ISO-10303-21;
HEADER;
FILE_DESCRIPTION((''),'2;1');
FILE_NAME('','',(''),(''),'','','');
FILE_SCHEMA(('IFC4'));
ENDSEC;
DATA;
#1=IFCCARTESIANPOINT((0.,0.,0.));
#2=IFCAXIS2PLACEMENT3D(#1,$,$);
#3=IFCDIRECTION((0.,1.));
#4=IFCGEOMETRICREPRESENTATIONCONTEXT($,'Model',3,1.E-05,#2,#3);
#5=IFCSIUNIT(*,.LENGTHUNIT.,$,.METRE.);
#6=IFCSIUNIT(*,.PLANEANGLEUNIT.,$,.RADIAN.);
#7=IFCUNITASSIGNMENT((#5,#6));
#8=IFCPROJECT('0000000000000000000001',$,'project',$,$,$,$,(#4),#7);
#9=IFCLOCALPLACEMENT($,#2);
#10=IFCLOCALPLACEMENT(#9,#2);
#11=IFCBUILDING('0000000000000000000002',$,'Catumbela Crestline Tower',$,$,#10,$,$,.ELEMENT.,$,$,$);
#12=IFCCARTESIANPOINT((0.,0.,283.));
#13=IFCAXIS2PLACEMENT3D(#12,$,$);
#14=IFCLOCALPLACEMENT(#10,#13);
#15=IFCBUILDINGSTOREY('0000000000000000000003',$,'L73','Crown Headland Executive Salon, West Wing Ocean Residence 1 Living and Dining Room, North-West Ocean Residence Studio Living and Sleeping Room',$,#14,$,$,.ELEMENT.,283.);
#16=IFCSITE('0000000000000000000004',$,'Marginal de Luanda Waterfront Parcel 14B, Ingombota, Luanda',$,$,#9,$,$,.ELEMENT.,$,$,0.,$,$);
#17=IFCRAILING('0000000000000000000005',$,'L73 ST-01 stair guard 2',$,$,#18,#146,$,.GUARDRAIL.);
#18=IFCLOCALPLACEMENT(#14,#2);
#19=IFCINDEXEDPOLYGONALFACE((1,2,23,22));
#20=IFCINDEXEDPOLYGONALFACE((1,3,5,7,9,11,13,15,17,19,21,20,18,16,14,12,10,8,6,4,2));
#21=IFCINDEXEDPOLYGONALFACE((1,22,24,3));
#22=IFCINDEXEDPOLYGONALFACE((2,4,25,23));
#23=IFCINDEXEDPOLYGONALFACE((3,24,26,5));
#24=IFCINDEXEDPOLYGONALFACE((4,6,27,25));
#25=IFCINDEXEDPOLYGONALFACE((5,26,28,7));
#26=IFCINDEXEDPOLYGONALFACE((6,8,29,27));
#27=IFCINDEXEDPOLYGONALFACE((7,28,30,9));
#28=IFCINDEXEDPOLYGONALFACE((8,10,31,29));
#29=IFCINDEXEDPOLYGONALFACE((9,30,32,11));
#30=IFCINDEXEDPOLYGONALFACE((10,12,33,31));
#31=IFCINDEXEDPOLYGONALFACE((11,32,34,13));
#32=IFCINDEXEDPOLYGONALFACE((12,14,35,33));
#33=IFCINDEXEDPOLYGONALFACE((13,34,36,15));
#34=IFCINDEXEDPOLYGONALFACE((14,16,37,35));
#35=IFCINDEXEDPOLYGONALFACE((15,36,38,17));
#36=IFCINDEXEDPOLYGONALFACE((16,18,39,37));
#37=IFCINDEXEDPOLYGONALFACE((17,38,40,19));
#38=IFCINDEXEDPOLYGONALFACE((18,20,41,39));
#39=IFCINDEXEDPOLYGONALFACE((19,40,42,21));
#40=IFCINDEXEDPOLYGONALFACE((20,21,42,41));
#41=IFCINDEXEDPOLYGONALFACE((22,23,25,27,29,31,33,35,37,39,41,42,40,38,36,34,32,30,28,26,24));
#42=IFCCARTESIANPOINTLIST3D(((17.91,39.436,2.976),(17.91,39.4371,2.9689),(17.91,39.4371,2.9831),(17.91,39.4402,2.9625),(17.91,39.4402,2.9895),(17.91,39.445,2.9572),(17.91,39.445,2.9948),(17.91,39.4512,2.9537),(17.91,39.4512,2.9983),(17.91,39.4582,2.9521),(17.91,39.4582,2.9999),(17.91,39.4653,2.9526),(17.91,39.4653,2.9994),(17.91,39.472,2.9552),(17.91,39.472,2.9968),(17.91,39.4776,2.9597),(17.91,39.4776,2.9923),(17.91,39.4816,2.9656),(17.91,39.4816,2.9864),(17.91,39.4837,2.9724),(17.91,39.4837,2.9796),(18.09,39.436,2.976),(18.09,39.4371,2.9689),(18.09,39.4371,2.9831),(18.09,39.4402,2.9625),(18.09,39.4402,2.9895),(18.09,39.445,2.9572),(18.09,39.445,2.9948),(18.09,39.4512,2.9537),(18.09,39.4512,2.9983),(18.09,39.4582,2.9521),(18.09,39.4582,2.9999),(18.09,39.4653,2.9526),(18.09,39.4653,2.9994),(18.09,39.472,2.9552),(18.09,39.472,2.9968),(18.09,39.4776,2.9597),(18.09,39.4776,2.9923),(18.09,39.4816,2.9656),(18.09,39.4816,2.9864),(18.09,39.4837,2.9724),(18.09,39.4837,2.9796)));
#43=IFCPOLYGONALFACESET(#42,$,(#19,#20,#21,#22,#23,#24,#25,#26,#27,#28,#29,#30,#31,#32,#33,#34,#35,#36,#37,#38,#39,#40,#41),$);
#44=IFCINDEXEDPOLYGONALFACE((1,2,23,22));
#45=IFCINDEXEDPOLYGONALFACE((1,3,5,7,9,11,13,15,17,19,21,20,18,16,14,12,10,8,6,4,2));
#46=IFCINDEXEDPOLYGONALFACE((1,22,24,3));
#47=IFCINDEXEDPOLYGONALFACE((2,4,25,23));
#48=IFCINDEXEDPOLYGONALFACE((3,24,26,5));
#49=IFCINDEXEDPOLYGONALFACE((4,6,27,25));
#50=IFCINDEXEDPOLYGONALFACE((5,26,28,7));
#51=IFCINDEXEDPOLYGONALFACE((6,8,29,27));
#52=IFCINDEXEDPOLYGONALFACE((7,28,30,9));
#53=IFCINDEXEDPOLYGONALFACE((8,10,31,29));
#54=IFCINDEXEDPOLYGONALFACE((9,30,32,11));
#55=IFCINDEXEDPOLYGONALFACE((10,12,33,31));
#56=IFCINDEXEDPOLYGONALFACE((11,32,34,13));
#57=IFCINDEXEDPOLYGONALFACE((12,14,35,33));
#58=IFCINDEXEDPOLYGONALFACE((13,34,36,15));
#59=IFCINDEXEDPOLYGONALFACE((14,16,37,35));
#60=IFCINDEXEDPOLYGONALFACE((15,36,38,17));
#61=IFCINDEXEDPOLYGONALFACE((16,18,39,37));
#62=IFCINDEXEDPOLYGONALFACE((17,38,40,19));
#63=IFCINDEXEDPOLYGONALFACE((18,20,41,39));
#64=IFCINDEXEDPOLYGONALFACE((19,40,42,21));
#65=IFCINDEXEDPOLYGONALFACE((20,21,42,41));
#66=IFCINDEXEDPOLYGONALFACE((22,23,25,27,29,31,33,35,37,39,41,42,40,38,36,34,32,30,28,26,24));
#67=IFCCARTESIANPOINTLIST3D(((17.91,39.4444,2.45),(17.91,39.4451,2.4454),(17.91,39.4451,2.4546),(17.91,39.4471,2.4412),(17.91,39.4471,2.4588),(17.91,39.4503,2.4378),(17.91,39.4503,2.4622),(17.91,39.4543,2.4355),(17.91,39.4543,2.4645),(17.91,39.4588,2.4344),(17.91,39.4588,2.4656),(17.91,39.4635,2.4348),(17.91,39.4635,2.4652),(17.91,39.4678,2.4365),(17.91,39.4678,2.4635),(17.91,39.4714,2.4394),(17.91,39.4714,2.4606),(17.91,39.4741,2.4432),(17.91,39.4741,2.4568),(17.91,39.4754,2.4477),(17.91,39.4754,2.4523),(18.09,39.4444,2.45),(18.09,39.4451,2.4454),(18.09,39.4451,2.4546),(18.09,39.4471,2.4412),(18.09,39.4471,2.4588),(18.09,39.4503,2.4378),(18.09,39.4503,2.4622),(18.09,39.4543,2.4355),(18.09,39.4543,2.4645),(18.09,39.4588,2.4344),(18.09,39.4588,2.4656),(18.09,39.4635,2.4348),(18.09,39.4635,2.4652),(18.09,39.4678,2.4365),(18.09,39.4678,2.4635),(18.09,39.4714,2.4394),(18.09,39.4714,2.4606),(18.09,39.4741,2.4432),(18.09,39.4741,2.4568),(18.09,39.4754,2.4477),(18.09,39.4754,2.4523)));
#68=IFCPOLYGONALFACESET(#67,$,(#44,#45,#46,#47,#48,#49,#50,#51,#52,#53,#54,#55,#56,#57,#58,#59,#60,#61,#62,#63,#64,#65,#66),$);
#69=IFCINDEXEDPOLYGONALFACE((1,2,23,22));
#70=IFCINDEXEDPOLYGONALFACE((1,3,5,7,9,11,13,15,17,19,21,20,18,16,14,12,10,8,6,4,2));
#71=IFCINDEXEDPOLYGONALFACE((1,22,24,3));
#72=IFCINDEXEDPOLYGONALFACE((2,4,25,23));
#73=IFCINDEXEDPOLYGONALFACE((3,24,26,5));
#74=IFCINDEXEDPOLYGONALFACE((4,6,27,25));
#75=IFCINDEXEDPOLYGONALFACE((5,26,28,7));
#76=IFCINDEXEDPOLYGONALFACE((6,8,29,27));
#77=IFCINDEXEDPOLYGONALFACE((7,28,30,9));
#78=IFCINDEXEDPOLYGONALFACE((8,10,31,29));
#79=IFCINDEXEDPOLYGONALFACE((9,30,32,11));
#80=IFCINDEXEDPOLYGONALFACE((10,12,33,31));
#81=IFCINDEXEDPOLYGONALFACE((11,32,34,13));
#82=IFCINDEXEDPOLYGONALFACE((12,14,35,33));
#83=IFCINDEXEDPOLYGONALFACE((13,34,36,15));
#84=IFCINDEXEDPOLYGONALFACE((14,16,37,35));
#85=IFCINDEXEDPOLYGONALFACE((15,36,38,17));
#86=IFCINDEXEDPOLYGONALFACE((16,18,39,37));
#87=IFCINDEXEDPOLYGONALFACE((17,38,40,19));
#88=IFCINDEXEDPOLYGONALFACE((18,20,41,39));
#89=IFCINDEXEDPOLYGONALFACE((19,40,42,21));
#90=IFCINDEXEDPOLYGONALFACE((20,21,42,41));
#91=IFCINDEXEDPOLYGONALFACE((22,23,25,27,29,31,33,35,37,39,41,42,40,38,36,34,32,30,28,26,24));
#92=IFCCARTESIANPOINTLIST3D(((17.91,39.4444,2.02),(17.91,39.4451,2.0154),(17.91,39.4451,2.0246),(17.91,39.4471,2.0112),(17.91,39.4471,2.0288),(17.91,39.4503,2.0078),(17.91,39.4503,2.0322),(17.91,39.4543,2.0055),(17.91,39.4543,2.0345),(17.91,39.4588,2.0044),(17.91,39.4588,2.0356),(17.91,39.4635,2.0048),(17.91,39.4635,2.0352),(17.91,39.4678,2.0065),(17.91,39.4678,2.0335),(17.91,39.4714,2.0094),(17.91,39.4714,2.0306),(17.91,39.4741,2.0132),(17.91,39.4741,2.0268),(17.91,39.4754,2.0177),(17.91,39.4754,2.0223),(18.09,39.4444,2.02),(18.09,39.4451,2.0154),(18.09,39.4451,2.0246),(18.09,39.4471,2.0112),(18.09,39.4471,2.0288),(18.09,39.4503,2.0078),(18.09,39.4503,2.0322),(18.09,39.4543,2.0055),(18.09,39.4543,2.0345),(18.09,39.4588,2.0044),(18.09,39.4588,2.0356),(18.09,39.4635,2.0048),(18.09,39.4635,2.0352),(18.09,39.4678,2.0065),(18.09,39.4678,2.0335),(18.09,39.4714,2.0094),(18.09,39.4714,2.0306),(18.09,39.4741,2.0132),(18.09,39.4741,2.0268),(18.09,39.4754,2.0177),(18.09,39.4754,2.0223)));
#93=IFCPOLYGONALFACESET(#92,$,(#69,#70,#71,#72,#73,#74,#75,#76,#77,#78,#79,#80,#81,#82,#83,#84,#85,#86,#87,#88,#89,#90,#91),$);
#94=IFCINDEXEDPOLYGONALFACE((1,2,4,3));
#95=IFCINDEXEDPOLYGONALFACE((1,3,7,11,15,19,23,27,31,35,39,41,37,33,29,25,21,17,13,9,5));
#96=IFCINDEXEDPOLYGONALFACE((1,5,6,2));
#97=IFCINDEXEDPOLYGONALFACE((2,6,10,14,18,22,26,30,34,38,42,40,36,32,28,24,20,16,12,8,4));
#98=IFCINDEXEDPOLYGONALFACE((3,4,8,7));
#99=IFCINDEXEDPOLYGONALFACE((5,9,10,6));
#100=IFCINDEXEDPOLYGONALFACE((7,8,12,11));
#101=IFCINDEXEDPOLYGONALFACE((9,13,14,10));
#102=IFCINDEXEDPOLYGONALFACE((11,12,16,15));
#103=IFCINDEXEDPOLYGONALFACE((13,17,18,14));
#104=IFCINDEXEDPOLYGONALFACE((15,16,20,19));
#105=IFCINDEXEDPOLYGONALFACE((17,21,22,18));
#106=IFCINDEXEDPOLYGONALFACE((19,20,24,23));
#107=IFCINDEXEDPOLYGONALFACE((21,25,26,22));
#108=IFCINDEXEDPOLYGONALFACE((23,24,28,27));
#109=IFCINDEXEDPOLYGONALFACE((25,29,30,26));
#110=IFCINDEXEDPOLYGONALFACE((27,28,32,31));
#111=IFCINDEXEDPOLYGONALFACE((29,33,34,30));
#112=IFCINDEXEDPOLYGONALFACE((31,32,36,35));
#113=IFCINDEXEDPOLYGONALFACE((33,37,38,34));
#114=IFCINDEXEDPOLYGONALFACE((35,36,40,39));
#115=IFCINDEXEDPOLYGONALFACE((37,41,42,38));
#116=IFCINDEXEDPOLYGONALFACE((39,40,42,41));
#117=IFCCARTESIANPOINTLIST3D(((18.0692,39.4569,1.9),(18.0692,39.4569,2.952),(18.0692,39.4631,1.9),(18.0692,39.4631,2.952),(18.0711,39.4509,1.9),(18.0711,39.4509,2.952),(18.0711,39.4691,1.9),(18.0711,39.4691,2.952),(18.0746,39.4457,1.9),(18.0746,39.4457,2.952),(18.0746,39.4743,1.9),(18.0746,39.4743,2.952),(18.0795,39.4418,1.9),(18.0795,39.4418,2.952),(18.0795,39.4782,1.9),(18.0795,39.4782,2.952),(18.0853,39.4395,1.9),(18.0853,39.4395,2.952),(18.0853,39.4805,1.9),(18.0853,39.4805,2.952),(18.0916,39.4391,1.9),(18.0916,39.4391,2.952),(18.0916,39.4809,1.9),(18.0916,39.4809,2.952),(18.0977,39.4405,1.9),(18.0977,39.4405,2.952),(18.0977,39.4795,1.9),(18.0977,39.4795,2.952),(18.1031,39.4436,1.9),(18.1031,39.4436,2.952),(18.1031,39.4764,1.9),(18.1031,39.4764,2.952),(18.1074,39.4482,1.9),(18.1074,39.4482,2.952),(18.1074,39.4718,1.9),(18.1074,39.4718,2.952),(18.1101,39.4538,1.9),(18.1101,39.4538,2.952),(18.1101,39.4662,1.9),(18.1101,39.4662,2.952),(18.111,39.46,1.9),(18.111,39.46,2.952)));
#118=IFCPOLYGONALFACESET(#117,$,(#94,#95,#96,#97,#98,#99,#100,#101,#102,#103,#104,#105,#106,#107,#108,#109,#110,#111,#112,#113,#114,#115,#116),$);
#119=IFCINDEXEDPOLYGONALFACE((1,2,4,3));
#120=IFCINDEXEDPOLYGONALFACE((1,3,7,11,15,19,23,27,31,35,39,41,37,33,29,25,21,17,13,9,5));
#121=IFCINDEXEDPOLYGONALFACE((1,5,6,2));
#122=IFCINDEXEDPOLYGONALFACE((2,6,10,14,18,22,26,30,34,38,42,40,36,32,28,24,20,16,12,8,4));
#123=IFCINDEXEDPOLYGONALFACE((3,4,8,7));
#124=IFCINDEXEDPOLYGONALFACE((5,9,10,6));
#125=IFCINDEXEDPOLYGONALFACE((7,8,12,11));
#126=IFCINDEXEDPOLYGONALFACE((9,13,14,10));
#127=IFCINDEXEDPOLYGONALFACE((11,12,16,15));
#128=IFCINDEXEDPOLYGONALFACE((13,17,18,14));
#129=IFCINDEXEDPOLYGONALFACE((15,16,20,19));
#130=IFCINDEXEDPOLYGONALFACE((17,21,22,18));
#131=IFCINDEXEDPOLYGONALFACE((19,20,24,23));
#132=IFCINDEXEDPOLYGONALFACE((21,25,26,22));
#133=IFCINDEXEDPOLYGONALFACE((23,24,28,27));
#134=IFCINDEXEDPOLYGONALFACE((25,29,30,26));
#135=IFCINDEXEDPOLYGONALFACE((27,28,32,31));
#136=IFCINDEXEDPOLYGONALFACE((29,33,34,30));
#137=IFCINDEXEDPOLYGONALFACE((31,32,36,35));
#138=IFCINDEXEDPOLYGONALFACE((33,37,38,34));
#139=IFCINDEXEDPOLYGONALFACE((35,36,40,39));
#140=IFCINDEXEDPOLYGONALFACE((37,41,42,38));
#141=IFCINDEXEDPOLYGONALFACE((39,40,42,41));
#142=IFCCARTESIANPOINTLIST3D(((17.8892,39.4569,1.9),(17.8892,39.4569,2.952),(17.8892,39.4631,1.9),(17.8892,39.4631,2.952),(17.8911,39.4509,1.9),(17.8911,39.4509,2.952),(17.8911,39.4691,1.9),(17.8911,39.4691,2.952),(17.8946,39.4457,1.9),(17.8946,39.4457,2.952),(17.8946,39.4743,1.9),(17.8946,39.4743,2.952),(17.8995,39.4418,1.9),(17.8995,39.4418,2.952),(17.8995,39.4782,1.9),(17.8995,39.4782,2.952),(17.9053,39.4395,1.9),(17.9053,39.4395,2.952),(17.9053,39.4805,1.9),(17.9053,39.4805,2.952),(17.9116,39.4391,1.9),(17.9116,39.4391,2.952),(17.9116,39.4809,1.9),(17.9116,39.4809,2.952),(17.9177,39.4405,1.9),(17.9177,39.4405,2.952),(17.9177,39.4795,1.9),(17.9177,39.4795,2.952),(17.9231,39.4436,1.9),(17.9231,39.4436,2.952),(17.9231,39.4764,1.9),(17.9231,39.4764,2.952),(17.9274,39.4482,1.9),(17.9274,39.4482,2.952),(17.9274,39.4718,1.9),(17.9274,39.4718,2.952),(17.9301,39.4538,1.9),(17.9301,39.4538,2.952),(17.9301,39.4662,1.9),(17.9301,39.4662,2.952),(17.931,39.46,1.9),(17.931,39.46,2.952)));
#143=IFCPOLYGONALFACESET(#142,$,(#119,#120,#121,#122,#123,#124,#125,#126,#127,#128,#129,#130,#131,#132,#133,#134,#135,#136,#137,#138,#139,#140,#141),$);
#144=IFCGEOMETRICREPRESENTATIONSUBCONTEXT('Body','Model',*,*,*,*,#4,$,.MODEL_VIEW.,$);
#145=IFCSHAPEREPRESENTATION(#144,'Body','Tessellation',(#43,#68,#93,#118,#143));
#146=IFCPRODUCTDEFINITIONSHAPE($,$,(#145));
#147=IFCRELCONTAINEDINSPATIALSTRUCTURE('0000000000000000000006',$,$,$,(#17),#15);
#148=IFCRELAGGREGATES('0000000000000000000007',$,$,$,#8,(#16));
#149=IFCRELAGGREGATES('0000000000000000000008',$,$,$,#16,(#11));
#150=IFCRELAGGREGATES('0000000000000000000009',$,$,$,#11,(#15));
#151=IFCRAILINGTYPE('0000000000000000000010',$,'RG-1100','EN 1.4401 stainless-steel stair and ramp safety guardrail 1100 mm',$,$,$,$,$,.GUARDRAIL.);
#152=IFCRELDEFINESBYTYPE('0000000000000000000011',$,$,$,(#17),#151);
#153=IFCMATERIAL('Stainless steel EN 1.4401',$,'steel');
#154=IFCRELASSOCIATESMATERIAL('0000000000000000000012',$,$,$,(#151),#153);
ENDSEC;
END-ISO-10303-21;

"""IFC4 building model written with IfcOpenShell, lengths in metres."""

from ifc_helpers import new_model, si_unit, direction, frame, origin, origin_2d, place, context, subcontext, project, spatial, circle, extrude, material, type_object, element, save


model = new_model("IFC4")

# Units and contexts
model_context = context("Model", 3, precision=1e-05, world=origin(), true_north=direction((0.0, 1.0)))
body_context = subcontext(model_context, "Body", "Model", "MODEL_VIEW")
ifc_project = project(units=[si_unit("LENGTHUNIT", "METRE"), si_unit("PLANEANGLEUNIT", "RADIAN")], contexts=[model_context])

# Site, building, storey
site_placement = place(None, origin())
site = spatial("IfcSite", under=ifc_project, at=site_placement, Name="Marginal de Luanda Waterfront Parcel 14B, Ingombota, Luanda", CompositionType="ELEMENT", RefElevation=0.0)
building_placement = place(site_placement, origin())
building = spatial("IfcBuilding", under=site, at=building_placement, Name="Catumbela Crestline Tower", CompositionType="ELEMENT")
storey_placement = place(building_placement, frame((0.0, 0.0, 283.0)))
storey = spatial("IfcBuildingStorey", under=building, at=storey_placement, Name="L73", Description="Crown Headland Executive Salon, West Wing Ocean Residence 1 Living and Dining Room, North-West Ocean Residence Studio Living and Sleeping Room", CompositionType="ELEMENT", Elevation=283.0)

# Shared definitions
ifc_material_1 = material(Name="Stainless steel EN 1.4401", Category="steel")

# Railing
railing_type_1 = type_object("IfcRailingType", Name="RG-1100", Description="EN 1.4401 stainless-steel stair and ramp safety guardrail 1100 mm", PredefinedType="GUARDRAIL", material=ifc_material_1)
railing_1_placement = place(storey_placement, frame((18.09, 39.46, 1.9)))
element("IfcRailing", 1, at=railing_1_placement, inside=storey, type_object=railing_type_1, Name="L73 ST-01 stair guard 2", PredefinedType="GUARDRAIL", context=body_context, shape_type="SweptSolid", body=[
    extrude(circle(Radius=0.024, at=origin_2d()), frame((0.0, 0.0, 1.076), z_axis=(-1.0, 0.0, 0.0), x_axis=(0.0, -1.0, 0.0)), (0.0, 0.0, 1.0), 0.18),
    extrude(circle(Radius=0.0156, at=origin_2d()), frame((0.0, 0.0, 0.55), z_axis=(-1.0, 0.0, 0.0), x_axis=(0.0, -1.0, 0.0)), (0.0, 0.0, 1.0), 0.18),
    extrude(circle(Radius=0.0156, at=origin_2d()), frame((0.0, 0.0, 0.12), z_axis=(-1.0, 0.0, 0.0), x_axis=(0.0, -1.0, 0.0)), (0.0, 0.0, 1.0), 0.18),
    extrude(circle(Radius=0.021, at=origin_2d()), origin(), (0.0, 0.0, 1.0), 1.052),
    extrude(circle(Radius=0.021, at=origin_2d()), frame((-0.18, 0.0, 0.0)), (0.0, 0.0, 1.0), 1.052),
])

save(model, "model.ifc")
